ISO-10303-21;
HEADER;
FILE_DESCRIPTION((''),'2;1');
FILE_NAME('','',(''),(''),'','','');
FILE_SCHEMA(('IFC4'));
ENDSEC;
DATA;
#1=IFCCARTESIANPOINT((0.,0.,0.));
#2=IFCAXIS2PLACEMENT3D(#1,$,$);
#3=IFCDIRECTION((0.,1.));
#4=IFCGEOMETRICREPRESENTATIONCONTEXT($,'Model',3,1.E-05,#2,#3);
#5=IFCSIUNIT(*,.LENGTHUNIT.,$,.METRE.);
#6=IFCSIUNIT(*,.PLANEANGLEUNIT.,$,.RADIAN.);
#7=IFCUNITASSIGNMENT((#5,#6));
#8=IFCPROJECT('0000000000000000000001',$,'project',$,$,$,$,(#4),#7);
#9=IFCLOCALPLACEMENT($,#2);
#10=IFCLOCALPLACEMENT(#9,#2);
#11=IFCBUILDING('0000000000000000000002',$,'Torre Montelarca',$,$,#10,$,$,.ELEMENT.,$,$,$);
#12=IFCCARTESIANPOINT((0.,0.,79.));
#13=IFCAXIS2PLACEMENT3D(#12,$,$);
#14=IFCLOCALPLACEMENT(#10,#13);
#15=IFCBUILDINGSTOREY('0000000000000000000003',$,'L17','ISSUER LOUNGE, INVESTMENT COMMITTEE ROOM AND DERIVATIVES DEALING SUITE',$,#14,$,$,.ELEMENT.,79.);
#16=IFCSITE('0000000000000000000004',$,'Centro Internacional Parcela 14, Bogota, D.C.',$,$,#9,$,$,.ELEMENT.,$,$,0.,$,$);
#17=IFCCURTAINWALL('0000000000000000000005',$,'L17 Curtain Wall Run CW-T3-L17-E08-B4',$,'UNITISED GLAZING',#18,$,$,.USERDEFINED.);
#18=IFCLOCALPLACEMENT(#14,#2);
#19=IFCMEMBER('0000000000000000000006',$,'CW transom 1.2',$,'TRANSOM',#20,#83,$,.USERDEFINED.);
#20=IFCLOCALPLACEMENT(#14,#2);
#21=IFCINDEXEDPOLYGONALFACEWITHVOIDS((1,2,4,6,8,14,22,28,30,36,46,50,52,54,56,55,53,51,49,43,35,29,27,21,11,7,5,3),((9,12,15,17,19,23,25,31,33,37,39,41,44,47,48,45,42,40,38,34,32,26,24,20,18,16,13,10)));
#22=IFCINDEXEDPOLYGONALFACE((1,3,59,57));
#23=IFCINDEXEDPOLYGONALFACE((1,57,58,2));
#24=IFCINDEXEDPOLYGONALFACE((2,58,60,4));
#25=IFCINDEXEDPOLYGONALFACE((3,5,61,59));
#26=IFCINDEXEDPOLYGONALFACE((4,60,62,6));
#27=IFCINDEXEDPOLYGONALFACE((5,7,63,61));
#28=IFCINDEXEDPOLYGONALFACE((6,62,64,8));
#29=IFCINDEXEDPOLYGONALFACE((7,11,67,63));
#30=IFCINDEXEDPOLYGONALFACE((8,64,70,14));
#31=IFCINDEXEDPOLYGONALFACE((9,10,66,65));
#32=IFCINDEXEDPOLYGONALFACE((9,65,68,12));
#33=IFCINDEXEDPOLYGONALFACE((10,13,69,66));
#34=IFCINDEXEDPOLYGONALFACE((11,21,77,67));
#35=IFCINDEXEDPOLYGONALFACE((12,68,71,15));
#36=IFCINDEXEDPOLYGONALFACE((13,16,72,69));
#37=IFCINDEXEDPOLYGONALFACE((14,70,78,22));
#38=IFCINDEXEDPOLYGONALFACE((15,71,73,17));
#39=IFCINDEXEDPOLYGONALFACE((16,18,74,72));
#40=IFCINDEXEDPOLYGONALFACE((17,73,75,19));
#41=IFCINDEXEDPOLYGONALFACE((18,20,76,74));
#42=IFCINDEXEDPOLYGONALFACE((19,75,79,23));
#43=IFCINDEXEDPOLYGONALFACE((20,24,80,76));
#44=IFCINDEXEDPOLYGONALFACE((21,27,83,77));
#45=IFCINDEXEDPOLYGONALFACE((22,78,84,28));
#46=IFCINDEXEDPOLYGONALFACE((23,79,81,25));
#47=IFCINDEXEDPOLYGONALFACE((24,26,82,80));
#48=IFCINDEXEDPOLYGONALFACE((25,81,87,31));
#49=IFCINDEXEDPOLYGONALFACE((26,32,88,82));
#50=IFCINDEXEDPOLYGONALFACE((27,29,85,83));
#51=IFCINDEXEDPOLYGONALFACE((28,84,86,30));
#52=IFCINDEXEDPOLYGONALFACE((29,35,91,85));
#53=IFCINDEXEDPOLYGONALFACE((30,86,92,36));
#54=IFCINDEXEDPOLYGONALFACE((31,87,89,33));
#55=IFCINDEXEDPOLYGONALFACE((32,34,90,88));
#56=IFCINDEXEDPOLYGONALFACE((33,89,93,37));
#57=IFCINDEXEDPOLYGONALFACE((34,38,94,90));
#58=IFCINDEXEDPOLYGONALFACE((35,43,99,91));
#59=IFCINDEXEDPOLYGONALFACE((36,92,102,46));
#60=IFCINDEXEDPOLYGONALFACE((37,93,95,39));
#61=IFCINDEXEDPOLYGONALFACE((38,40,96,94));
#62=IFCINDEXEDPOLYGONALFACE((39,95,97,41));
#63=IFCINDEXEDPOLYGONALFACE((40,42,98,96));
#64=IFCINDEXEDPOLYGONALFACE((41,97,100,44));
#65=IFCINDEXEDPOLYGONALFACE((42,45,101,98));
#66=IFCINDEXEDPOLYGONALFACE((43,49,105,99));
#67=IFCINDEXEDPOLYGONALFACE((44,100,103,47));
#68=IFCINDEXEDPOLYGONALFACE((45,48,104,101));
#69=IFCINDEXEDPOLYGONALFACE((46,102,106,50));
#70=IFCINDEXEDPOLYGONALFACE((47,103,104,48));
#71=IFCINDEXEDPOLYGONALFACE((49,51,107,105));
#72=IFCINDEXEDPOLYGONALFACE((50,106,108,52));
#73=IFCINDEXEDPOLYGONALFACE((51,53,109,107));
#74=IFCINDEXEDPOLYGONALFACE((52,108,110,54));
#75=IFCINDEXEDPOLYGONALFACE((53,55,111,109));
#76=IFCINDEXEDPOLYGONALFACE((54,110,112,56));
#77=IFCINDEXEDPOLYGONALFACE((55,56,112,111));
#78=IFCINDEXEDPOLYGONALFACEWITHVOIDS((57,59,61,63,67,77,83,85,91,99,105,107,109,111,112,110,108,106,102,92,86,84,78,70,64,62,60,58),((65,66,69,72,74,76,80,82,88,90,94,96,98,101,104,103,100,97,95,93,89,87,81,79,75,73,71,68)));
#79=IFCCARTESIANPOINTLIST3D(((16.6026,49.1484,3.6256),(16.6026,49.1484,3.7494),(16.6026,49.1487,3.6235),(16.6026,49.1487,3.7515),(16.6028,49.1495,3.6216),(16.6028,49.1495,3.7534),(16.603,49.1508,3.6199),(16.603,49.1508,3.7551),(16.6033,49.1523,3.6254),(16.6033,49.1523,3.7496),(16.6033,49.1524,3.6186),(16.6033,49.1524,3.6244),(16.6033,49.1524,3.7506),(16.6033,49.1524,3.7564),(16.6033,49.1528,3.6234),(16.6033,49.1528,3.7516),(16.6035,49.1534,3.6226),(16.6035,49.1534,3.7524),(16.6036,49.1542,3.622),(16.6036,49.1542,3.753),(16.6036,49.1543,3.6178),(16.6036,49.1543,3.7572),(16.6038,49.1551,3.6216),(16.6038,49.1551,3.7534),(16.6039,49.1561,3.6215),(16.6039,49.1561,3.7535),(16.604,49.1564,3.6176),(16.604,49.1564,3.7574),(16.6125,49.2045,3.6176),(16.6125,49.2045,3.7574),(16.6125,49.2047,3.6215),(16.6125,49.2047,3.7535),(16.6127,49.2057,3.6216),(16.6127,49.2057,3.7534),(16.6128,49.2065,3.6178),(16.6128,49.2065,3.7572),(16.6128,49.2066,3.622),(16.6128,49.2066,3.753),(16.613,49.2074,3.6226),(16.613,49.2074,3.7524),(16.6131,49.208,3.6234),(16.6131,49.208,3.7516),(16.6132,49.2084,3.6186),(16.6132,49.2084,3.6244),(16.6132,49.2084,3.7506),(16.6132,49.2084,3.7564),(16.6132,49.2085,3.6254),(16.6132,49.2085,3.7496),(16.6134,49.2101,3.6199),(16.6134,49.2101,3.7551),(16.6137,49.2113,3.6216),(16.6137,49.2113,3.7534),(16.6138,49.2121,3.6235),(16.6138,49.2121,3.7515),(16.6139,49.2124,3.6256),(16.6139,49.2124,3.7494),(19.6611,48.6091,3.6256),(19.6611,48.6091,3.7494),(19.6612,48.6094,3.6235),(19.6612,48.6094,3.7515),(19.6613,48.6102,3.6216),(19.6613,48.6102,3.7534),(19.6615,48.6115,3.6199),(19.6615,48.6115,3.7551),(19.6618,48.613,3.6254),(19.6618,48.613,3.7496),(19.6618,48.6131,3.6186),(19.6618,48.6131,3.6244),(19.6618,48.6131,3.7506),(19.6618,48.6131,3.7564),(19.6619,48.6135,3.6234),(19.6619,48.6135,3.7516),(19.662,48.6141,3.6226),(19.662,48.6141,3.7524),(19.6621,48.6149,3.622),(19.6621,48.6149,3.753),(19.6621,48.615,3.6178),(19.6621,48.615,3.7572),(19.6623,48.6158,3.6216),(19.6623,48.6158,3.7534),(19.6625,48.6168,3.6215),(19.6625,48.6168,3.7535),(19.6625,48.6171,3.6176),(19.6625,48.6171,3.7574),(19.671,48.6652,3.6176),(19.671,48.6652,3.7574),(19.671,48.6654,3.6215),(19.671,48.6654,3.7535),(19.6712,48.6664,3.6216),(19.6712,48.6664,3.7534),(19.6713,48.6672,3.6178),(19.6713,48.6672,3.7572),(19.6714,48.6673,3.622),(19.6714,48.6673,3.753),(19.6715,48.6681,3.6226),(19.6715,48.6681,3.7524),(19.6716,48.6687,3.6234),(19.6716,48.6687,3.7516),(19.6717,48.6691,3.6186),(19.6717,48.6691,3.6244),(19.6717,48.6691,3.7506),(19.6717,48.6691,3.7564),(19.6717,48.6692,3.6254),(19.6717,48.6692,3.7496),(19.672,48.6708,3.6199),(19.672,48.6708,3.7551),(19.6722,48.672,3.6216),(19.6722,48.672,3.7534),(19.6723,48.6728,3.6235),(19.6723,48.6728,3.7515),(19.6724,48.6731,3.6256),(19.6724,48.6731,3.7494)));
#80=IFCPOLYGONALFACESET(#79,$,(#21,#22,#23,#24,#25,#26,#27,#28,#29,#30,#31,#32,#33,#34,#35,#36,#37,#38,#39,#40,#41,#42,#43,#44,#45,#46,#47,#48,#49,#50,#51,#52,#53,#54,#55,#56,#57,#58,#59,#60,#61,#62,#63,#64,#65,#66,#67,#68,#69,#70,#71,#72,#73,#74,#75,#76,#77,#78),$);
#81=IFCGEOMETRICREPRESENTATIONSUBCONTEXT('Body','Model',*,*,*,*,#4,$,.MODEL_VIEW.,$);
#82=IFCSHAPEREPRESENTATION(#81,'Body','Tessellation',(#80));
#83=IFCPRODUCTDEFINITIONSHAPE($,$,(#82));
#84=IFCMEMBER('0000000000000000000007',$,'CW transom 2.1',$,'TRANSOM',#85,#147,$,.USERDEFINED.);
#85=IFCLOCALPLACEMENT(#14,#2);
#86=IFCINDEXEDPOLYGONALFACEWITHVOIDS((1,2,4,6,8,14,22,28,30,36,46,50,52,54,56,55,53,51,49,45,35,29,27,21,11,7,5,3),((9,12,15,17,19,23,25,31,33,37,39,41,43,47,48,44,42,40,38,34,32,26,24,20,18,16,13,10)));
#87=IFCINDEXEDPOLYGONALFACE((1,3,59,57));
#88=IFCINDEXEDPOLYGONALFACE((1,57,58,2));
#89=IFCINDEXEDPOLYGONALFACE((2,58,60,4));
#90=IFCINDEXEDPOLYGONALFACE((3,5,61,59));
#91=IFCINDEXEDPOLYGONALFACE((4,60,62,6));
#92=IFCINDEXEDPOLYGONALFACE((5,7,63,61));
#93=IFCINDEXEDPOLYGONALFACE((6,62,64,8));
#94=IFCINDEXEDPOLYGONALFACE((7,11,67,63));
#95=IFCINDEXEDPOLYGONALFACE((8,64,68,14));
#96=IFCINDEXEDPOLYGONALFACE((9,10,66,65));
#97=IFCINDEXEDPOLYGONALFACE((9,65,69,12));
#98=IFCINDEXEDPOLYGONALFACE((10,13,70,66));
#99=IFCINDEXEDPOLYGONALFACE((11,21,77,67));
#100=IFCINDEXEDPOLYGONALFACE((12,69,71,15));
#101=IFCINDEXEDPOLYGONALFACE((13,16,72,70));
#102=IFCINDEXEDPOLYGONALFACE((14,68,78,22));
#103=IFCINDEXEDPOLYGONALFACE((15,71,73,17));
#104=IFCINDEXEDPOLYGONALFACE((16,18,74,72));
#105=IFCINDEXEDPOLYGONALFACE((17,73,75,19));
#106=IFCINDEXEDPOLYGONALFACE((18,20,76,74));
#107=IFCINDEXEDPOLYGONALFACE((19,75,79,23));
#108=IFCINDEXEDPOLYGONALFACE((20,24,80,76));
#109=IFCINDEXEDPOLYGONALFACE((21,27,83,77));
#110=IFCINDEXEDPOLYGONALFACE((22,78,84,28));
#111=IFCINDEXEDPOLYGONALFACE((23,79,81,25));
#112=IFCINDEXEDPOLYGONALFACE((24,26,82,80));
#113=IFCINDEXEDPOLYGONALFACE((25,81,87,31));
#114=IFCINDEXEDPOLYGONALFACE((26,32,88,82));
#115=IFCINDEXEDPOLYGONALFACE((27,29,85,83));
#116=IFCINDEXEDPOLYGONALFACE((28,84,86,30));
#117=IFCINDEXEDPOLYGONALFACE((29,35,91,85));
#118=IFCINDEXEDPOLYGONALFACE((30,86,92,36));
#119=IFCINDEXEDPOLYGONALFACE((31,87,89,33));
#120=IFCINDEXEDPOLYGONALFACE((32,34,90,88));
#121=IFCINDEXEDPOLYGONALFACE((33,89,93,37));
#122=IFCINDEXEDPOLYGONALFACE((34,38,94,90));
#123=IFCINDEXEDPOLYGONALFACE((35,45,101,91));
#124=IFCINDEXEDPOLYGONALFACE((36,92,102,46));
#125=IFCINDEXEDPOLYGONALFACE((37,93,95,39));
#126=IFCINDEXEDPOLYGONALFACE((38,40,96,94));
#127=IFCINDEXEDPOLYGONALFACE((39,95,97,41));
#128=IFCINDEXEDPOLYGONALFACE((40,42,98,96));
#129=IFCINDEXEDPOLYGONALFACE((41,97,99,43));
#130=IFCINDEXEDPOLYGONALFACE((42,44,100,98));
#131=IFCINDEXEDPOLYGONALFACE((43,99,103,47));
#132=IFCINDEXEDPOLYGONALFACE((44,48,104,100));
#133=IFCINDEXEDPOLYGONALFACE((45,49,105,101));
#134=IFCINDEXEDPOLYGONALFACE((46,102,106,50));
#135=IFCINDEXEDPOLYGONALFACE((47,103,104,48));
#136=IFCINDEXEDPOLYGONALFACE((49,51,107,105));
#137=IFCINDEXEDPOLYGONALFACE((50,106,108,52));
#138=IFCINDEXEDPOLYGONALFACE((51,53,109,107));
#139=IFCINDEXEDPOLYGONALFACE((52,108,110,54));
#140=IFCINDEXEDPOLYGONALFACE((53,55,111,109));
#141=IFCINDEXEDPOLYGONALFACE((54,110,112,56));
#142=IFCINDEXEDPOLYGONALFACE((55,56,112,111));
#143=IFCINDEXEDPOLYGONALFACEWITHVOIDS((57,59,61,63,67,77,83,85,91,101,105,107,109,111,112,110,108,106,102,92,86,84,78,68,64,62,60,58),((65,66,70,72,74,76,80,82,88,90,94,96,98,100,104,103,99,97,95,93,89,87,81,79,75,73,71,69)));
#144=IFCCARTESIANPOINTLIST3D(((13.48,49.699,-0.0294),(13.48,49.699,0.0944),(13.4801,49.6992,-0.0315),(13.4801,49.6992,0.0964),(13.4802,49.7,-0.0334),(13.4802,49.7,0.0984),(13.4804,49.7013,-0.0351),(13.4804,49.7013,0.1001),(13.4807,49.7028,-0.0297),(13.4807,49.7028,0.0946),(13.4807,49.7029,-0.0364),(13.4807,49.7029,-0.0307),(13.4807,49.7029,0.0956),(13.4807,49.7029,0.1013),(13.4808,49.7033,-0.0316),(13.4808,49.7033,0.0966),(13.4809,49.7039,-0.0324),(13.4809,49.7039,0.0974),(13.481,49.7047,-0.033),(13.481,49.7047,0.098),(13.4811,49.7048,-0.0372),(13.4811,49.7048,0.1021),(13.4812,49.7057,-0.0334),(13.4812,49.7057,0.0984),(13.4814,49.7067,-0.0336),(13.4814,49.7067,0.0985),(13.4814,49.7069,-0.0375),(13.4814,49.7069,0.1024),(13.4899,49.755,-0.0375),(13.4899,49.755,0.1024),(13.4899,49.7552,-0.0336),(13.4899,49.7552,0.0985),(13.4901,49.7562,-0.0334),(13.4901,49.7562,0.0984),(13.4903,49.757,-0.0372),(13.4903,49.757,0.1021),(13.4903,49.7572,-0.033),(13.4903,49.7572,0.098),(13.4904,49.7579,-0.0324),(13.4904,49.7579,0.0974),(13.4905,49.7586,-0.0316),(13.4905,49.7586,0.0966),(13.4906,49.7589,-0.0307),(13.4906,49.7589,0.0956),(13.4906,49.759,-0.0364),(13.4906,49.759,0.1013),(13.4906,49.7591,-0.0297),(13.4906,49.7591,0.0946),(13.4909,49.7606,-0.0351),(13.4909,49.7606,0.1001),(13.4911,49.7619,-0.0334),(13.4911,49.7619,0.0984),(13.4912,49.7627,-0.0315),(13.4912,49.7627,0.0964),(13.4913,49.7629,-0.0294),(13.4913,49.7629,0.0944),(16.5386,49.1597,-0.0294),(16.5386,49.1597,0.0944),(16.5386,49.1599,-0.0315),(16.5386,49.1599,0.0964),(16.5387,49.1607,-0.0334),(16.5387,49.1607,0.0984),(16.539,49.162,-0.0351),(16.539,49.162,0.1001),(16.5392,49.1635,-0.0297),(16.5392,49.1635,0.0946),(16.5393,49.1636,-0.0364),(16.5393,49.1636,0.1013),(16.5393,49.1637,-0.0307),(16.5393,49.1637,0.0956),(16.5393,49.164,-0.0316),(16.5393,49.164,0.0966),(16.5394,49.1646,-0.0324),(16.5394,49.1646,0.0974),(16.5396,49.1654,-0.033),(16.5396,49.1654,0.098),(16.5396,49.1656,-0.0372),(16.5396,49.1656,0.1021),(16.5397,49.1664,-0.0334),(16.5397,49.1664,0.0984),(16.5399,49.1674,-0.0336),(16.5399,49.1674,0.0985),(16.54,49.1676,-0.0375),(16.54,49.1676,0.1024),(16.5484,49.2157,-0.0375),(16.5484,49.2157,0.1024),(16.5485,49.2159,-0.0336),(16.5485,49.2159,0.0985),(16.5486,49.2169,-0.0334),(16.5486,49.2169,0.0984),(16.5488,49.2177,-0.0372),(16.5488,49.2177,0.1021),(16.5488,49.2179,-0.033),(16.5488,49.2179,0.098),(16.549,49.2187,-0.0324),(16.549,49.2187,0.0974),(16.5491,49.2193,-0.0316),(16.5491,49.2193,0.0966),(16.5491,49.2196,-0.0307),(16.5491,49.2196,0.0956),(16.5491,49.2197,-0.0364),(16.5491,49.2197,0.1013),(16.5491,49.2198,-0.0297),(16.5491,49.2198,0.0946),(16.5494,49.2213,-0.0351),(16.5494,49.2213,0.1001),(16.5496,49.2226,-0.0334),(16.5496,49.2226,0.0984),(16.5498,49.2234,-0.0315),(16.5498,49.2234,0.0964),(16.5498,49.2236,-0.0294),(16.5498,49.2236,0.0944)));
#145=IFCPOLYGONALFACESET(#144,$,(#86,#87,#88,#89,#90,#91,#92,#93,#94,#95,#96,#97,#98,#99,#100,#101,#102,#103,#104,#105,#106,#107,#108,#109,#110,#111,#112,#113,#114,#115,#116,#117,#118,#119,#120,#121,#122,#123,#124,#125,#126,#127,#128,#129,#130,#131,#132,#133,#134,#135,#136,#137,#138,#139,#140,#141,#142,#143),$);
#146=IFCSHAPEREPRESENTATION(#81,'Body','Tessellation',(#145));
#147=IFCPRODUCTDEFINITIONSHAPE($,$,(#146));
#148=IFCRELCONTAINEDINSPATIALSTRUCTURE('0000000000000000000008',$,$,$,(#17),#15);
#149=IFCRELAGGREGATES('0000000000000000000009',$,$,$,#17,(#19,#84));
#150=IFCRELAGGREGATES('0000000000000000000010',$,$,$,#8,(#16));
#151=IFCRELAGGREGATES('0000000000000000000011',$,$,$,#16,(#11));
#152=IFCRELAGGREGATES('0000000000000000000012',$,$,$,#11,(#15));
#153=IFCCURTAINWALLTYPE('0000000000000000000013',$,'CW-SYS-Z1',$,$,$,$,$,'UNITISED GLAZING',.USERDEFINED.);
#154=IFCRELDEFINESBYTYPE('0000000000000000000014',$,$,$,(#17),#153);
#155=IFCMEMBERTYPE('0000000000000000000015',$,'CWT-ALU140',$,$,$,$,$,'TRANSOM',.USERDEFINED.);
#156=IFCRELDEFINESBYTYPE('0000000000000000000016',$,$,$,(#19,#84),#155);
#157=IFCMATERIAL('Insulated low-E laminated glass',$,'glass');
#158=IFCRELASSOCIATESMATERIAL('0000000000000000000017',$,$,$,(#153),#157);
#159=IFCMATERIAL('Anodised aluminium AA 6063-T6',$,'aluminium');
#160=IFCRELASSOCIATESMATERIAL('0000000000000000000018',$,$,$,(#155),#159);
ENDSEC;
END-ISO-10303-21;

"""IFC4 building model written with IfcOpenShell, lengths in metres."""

from ifc_helpers import new_model, si_unit, direction, frame, origin, origin_2d, place, context, subcontext, project, spatial, hollow_rectangle, extrude, source, transform, mapped, material, material_profile, profile_set, type_object, element, aggregate, save


model = new_model("IFC4")

# Units and contexts
model_context = context("Model", 3, precision=1e-05, world=origin(), true_north=direction((0.0, 1.0)))
body_context = subcontext(model_context, "Body", "Model", "MODEL_VIEW")
ifc_project = project(units=[si_unit("LENGTHUNIT", "METRE"), si_unit("PLANEANGLEUNIT", "RADIAN")], contexts=[model_context])

# Site, building, storey
site_placement = place(None, origin())
site = spatial("IfcSite", under=ifc_project, at=site_placement, Name="Centro Internacional Parcela 14, Bogota, D.C.", CompositionType="ELEMENT", RefElevation=0.0)
building_placement = place(site_placement, origin())
building = spatial("IfcBuilding", under=site, at=building_placement, Name="Torre Montelarca", CompositionType="ELEMENT")
storey_placement = place(building_placement, frame((0.0, 0.0, 79.0)))
storey = spatial("IfcBuildingStorey", under=building, at=storey_placement, Name="L17", Description="ISSUER LOUNGE, INVESTMENT COMMITTEE ROOM AND DERIVATIVES DEALING SUITE", CompositionType="ELEMENT", Elevation=79.0)

# Curtain wall, members
ifc_material_1 = material(Name="Insulated low-E laminated glass", Category="glass")
curtain_wall_type = type_object("IfcCurtainWallType", Name="CW-SYS-Z1", ElementType="UNITISED GLAZING", PredefinedType="USERDEFINED", material=ifc_material_1)
ifc_material_2 = material(Name="Anodised aluminium AA 6063-T6", Category="aluminium")
ifc_material_profile_1 = material_profile(ifc_material_2, hollow_rectangle(XDim=0.0649, YDim=0.1399, WallThickness=0.0039, InnerFilletRadius=0.0039, OuterFilletRadius=0.0081, at=origin_2d()), Name="ALU65X140X4", Category="aluminium")
ifc_profile_set_1 = profile_set([ifc_material_profile_1], Name="Anodised aluminium AA 6063-T6")
member_type_1 = type_object("IfcMemberType", Name="CWT-ALU140", ElementType="TRANSOM", PredefinedType="USERDEFINED", material=ifc_profile_set_1)
curtain_wall_1_placement = place(storey_placement, origin())
curtain_wall_1 = element("IfcCurtainWall", 1, at=curtain_wall_1_placement, inside=storey, type_object=curtain_wall_type, Name="L17 Curtain Wall Run CW-T3-L17-E08-B4", ObjectType="UNITISED GLAZING", PredefinedType="USERDEFINED")
shared_shape_1 = source(origin(), body_context, "Body", "SweptSolid", [
    extrude(hollow_rectangle(XDim=0.0649, YDim=0.1399, WallThickness=0.0039, InnerFilletRadius=0.0039, OuterFilletRadius=0.0081, at=origin_2d()), origin(), (0.0, 0.0, 1.0), 3.1057),
])
member_1_placement = place(storey_placement, frame((19.6667, 48.6411, 3.6875), z_axis=(-0.984808, 0.173646, 0.0), x_axis=(-0.173646, -0.984808, 0.0)))
member_1 = element("IfcMember", 2, at=member_1_placement, type_object=member_type_1, Name="CW transom 1.2", ObjectType="TRANSOM", PredefinedType="USERDEFINED", context=body_context, shape_type="MappedRepresentation", body=[
    mapped(shared_shape_1, transform((0.0, 0.0, 0.0), scale=1.0)),
])
member_2_placement = place(storey_placement, frame((16.5442, 49.1917, 0.0325), z_axis=(-0.984808, 0.173646, 0.0), x_axis=(-0.173646, -0.984808, 0.0)))
member_2 = element("IfcMember", 3, at=member_2_placement, type_object=member_type_1, Name="CW transom 2.1", ObjectType="TRANSOM", PredefinedType="USERDEFINED", context=body_context, shape_type="MappedRepresentation", body=[
    mapped(shared_shape_1, transform((0.0, 0.0, 0.0), scale=1.0)),
])

aggregate(curtain_wall_1, [member_1, member_2])

save(model, "model.ifc")
